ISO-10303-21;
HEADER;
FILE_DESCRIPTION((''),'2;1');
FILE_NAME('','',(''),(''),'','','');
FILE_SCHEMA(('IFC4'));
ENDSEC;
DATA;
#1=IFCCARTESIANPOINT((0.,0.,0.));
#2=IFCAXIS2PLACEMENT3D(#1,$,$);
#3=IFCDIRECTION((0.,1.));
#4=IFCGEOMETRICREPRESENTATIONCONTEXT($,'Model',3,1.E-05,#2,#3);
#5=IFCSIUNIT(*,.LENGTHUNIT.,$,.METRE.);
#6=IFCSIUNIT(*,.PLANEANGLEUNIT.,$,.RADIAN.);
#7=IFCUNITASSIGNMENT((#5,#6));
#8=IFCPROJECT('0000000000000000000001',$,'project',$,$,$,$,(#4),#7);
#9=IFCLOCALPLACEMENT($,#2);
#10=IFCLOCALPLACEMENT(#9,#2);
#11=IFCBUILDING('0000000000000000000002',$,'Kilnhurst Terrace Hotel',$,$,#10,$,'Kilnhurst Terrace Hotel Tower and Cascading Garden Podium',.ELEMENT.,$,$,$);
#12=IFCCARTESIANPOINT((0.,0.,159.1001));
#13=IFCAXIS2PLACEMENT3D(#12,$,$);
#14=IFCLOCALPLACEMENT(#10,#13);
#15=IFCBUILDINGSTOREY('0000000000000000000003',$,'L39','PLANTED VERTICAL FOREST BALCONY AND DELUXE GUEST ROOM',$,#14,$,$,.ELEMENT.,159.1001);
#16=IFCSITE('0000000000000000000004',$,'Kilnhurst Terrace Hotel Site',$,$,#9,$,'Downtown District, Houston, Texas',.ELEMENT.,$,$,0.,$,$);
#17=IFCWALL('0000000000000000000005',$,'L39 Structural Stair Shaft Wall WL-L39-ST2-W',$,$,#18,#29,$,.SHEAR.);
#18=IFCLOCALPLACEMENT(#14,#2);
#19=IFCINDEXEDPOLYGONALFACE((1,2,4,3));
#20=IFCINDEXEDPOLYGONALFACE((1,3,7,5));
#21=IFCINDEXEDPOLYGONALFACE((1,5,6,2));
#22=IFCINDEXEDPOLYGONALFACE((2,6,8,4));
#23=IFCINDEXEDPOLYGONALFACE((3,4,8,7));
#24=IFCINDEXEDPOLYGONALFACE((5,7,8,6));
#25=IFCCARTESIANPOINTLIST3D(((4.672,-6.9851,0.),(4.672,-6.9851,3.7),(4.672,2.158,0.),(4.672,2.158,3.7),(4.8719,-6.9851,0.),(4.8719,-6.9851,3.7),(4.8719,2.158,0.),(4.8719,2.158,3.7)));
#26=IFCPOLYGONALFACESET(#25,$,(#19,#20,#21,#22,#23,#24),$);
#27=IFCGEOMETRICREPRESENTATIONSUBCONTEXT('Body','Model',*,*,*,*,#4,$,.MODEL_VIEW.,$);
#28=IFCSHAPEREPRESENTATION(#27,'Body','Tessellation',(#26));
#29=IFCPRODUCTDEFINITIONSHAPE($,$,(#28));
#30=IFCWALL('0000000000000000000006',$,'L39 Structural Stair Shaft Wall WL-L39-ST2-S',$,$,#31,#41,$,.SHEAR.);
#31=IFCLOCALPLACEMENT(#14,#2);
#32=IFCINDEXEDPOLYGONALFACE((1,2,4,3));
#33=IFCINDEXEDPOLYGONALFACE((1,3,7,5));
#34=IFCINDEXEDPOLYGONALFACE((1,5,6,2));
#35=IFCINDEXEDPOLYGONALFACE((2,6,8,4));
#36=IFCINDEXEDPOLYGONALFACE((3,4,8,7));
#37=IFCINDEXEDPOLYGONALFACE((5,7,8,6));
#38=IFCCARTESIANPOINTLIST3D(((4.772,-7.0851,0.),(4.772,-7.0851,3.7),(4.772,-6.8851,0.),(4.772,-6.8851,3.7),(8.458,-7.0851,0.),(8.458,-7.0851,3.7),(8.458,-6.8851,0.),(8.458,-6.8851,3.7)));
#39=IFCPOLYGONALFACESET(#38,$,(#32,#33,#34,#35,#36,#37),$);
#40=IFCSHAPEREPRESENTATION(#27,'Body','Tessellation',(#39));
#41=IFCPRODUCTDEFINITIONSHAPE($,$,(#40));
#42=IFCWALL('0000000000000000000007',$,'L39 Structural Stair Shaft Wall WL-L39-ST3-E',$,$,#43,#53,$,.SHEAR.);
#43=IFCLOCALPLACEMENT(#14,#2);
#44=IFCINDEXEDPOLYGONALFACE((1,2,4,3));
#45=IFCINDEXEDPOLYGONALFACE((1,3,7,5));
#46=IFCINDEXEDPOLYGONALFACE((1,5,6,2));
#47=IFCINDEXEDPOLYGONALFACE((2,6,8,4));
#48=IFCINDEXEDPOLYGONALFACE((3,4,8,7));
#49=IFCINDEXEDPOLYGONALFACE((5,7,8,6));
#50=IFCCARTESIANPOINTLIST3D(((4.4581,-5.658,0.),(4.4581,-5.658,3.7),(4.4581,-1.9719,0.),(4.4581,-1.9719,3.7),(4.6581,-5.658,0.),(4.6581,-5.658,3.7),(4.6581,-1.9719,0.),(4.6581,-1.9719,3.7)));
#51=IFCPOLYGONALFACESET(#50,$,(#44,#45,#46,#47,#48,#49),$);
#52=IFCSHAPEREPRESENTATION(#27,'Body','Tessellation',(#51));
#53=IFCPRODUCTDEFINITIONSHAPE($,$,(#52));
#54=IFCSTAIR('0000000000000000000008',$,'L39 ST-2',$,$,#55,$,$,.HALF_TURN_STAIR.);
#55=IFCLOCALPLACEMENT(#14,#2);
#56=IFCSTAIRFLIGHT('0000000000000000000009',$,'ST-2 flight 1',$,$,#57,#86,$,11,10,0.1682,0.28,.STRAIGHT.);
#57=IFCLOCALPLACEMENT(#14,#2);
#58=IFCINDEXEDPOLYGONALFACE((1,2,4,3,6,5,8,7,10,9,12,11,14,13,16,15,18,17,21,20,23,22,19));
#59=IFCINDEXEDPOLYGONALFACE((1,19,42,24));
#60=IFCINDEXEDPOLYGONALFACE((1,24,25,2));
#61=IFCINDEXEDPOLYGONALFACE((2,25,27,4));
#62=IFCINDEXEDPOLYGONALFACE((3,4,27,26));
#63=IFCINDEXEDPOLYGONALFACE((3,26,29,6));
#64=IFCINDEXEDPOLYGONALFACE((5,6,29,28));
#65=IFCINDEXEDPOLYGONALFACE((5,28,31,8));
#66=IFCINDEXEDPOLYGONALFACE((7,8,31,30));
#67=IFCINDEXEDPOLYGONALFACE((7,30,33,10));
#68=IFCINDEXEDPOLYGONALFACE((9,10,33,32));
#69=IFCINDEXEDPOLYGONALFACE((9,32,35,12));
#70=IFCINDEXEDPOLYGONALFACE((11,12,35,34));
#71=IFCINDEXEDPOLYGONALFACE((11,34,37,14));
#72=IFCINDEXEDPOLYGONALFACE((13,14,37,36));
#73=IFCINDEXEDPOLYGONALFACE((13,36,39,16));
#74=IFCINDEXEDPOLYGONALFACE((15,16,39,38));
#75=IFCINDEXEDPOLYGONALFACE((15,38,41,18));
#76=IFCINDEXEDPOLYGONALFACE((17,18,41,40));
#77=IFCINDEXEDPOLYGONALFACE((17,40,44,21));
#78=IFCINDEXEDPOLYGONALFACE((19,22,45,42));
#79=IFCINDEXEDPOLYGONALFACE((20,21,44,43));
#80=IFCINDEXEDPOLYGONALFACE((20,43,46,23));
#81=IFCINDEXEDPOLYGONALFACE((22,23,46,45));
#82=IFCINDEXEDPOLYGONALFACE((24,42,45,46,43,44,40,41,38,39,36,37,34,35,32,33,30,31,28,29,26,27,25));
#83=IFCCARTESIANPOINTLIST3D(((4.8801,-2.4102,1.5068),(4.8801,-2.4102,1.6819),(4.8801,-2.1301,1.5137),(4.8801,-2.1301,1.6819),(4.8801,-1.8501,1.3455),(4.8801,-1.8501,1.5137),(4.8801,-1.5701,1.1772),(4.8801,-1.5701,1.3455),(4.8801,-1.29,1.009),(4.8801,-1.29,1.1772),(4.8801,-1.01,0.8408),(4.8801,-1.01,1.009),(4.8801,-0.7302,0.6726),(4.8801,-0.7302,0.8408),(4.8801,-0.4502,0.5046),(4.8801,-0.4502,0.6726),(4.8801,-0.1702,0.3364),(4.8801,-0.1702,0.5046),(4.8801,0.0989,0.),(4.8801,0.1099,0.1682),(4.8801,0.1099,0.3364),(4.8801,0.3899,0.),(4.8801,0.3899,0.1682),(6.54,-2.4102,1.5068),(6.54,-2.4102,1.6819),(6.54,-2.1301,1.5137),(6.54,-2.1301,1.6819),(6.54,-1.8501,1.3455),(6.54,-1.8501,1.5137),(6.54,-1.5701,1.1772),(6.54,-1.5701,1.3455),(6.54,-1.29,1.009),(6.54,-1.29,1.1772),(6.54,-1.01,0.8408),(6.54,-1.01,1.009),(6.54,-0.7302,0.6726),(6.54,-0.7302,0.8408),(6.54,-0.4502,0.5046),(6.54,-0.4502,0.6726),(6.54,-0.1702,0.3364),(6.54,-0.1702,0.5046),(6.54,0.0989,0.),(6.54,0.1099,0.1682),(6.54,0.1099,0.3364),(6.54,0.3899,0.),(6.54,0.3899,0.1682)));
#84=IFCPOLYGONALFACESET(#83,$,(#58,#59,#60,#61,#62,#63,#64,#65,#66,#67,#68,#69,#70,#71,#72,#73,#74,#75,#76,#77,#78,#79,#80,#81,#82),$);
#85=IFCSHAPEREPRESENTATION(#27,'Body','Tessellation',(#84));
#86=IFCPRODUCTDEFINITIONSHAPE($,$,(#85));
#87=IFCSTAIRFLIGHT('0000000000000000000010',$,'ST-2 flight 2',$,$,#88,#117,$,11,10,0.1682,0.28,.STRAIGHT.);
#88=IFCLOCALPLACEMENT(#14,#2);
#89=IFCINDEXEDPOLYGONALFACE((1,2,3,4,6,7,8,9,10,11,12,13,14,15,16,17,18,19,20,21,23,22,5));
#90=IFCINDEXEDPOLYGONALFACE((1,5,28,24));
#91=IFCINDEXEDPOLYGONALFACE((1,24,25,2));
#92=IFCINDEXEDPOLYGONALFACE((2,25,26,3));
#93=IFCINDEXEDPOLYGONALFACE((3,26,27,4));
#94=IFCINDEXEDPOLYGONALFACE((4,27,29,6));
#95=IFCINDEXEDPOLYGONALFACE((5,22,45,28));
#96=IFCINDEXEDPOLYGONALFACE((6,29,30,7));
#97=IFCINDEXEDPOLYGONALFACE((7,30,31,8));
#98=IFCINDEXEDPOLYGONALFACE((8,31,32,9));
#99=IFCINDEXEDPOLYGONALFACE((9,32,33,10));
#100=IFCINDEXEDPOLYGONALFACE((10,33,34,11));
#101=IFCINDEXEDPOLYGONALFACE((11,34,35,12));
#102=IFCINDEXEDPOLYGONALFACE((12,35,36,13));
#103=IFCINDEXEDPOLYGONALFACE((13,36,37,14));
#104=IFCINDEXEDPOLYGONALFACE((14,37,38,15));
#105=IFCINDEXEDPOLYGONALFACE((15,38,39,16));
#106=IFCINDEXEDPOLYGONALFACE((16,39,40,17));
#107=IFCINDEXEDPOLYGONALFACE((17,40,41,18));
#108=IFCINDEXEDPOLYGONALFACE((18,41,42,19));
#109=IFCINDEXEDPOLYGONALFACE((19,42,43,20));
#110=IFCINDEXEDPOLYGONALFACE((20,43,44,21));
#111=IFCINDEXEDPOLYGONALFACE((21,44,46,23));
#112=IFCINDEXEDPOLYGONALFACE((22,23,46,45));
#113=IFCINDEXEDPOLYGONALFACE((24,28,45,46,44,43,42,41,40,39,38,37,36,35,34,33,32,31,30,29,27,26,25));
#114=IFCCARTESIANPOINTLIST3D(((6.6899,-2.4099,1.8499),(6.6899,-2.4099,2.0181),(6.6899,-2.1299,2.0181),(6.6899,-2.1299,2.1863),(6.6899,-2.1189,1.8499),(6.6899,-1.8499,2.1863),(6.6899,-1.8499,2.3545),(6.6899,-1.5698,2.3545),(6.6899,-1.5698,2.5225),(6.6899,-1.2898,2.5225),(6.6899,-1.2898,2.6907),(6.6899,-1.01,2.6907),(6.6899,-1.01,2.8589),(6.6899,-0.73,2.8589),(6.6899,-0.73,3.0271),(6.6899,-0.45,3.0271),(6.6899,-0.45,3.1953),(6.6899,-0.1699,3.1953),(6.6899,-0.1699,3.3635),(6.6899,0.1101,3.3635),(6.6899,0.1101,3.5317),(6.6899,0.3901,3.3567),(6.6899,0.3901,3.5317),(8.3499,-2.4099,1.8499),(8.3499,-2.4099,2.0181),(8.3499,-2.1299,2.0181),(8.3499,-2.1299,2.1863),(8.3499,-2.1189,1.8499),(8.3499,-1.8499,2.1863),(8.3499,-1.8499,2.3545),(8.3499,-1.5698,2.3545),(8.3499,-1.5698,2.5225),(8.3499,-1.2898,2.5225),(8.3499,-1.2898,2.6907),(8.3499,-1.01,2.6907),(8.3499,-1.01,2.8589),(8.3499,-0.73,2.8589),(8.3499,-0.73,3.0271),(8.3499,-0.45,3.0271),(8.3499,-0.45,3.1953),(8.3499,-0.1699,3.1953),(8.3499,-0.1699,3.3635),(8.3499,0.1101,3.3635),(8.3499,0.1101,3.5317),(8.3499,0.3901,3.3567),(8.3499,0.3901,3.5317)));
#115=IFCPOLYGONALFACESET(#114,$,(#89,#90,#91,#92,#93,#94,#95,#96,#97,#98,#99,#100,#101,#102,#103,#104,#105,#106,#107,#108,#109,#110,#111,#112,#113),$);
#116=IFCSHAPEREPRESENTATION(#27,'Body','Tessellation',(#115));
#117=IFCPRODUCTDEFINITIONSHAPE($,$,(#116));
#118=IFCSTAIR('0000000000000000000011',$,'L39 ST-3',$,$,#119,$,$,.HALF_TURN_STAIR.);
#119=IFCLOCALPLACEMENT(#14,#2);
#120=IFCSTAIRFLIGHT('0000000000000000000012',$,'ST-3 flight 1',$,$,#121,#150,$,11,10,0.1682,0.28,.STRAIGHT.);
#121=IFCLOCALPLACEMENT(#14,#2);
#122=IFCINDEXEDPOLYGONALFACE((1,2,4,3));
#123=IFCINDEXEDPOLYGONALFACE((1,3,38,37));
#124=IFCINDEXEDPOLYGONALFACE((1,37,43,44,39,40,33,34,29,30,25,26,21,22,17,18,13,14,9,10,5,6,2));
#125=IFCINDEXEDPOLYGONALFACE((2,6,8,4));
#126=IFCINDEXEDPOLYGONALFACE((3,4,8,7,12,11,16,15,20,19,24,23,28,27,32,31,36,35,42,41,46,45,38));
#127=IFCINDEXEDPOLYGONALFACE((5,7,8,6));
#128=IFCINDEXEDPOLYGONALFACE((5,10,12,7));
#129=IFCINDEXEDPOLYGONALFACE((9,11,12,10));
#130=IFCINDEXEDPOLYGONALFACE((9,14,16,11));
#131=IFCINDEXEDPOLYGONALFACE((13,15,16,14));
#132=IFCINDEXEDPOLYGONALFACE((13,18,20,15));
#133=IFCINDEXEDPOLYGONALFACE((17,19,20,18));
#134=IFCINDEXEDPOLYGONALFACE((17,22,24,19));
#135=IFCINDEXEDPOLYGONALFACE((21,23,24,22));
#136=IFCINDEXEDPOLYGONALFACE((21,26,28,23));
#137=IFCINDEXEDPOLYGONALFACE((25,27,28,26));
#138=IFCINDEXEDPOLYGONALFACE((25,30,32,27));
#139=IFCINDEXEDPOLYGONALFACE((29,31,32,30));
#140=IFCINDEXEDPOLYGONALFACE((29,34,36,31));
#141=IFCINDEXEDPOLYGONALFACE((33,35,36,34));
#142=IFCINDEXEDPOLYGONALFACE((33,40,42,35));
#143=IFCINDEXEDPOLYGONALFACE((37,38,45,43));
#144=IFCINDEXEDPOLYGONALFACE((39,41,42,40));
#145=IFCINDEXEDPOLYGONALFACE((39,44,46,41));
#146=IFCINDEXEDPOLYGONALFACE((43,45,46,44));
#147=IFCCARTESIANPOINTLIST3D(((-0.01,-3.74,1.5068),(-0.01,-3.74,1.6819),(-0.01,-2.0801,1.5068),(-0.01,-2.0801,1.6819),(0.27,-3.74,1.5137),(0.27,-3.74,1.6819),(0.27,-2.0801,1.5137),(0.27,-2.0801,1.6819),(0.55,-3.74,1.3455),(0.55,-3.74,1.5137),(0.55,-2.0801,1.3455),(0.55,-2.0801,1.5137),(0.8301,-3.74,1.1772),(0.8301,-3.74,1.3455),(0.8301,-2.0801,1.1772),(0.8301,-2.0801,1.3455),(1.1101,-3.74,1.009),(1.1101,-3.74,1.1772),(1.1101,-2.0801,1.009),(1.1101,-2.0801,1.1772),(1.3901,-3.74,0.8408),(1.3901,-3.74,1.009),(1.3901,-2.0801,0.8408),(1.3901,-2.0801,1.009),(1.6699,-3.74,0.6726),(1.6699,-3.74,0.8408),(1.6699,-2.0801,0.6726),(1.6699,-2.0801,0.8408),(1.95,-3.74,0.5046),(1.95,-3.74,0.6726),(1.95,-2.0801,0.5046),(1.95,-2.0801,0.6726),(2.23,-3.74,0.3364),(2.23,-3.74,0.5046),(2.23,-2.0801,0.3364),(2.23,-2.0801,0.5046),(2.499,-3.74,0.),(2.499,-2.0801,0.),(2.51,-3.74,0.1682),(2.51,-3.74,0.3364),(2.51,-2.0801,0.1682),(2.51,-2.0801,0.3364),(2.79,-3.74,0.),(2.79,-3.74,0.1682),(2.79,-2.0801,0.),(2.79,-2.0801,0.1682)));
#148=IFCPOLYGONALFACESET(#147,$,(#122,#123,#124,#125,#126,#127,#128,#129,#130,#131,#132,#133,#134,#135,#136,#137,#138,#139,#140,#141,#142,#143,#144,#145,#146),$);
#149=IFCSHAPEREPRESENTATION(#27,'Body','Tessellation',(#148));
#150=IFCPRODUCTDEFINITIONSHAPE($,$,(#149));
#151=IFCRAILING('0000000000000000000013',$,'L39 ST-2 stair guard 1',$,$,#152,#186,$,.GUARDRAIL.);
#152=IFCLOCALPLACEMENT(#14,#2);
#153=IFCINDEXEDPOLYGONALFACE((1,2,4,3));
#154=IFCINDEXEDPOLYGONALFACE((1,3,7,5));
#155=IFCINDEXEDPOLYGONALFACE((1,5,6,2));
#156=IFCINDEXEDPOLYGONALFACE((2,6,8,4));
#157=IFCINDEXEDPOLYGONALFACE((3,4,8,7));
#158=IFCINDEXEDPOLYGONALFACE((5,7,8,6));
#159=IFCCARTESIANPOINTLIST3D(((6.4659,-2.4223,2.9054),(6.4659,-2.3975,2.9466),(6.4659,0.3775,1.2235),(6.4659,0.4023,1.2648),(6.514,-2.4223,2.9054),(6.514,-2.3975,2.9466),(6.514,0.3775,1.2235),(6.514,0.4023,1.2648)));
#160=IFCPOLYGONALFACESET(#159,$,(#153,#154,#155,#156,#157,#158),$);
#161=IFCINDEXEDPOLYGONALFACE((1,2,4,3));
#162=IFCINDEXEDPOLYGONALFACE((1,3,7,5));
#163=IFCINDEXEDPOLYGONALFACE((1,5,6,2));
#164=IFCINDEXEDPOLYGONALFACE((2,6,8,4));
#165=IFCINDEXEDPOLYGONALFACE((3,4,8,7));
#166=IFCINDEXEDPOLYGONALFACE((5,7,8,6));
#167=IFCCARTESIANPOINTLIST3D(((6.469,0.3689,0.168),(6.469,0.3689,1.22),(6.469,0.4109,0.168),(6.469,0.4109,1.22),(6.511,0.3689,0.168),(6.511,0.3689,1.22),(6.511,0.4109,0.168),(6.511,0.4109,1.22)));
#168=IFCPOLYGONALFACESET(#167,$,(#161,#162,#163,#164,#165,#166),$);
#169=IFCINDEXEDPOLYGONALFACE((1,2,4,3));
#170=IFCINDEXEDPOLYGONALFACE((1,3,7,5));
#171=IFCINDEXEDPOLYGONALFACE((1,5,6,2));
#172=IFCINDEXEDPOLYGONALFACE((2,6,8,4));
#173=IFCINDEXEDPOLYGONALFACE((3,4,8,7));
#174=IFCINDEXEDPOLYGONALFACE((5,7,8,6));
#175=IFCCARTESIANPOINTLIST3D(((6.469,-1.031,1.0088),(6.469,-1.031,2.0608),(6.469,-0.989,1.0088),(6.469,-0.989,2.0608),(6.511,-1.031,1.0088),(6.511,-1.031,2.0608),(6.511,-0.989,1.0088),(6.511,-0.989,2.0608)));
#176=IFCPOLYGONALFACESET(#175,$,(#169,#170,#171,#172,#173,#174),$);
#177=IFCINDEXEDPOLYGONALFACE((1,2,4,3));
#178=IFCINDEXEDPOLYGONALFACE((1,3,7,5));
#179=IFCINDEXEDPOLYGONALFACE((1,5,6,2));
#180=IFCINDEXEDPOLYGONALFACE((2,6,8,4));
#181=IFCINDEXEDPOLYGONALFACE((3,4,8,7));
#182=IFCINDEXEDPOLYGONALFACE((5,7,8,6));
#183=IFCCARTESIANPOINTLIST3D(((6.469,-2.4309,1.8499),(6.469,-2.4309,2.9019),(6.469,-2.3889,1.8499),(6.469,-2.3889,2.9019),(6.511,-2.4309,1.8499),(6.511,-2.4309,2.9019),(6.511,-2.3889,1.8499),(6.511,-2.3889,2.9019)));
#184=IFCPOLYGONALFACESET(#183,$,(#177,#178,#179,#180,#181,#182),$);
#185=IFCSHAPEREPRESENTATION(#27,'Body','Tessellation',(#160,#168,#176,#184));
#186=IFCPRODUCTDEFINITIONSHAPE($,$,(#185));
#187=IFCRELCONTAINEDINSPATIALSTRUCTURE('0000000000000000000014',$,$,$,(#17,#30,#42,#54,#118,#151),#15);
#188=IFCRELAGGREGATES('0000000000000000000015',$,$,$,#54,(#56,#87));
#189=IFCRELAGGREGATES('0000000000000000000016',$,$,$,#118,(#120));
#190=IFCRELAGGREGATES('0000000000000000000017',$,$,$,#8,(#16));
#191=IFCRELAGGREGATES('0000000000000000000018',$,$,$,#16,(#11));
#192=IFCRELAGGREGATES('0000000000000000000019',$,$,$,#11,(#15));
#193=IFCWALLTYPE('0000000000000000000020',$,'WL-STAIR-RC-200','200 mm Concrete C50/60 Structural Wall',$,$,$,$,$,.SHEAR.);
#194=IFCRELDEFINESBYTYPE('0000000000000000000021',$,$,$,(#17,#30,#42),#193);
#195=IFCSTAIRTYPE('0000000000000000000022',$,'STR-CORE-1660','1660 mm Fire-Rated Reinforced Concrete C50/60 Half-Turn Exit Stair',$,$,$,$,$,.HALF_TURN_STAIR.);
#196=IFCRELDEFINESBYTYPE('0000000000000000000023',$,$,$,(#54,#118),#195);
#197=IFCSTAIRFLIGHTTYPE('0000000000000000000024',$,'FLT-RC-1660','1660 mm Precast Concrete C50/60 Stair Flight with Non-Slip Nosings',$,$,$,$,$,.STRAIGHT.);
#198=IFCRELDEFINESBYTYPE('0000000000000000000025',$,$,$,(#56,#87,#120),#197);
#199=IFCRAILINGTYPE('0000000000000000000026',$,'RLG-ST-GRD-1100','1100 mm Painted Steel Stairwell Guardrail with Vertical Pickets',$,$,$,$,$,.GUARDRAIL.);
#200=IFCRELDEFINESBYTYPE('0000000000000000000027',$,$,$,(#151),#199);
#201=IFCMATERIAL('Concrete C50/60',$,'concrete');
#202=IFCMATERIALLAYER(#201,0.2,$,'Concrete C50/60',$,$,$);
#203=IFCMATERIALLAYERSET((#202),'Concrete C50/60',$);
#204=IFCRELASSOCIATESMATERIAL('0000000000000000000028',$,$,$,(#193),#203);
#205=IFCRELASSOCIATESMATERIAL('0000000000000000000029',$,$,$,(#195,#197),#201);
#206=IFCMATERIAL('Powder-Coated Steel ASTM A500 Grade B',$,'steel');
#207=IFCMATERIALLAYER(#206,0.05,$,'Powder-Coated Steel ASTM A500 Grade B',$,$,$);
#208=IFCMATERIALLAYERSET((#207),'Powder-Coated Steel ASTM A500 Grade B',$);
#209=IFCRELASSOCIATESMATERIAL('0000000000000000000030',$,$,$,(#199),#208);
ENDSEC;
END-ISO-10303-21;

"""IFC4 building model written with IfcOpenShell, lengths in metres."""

from ifc_helpers import new_model, si_unit, direction, frame, frame_2d, origin, origin_2d, place, context, subcontext, project, spatial, polyline, rectangle, outline, extrude, material, layer, layer_set, type_object, element, aggregate, save


model = new_model("IFC4")

# Units and contexts
model_context = context("Model", 3, precision=1e-05, world=origin(), true_north=direction((0.0, 1.0)))
body_context = subcontext(model_context, "Body", "Model", "MODEL_VIEW")
ifc_project = project(units=[si_unit("LENGTHUNIT", "METRE"), si_unit("PLANEANGLEUNIT", "RADIAN")], contexts=[model_context])

# Site, building, storey
site_placement = place(None, origin())
site = spatial("IfcSite", under=ifc_project, at=site_placement, Name="Kilnhurst Terrace Hotel Site", LongName="Downtown District, Houston, Texas", CompositionType="ELEMENT", RefElevation=0.0)
building_placement = place(site_placement, origin())
building = spatial("IfcBuilding", under=site, at=building_placement, Name="Kilnhurst Terrace Hotel", LongName="Kilnhurst Terrace Hotel Tower and Cascading Garden Podium", CompositionType="ELEMENT")
storey_placement = place(building_placement, frame((0.0, 0.0, 159.1001)))
storey = spatial("IfcBuildingStorey", under=building, at=storey_placement, Name="L39", Description="PLANTED VERTICAL FOREST BALCONY AND DELUXE GUEST ROOM", CompositionType="ELEMENT", Elevation=159.1001)

# Shared definitions
ifc_material_1 = material(Name="Concrete C50/60", Category="concrete")

# Walls
ifc_layer_1 = layer(ifc_material_1, 0.2, Name="Concrete C50/60")
ifc_layer_set_1 = layer_set([ifc_layer_1], Name="Concrete C50/60")
wall_type_1 = type_object("IfcWallType", Name="WL-STAIR-RC-200", Description="200 mm Concrete C50/60 Structural Wall", PredefinedType="SHEAR", material=ifc_layer_set_1)
wall_1_placement = place(storey_placement, frame((4.772, -6.9851, 0.0), z_axis=(0.0, 0.0, 1.0), x_axis=(0.0, 1.0, 0.0)))
element("IfcWall", 1, at=wall_1_placement, inside=storey, type_object=wall_type_1, Name="L39 Structural Stair Shaft Wall WL-L39-ST2-W", PredefinedType="SHEAR", context=body_context, shape_type="SweptSolid", body=[
    extrude(rectangle(XDim=9.1431, YDim=0.2, at=frame_2d((4.5715, 0.0))), origin(), (0.0, 0.0, 1.0), 3.7),
])
for number, where, z_axis, x_axis, name in (
    (2, (4.772, -6.9851, 0.0), (0.0, 0.0, 1.0), (1.0, 0.0, 0.0), "L39 Structural Stair Shaft Wall WL-L39-ST2-S"),
    (3, (4.5581, -5.658, 0.0), (0.0, 0.0, 1.0), (0.0, 1.0, 0.0), "L39 Structural Stair Shaft Wall WL-L39-ST3-E"),
):
    element("IfcWall", number, at=place(storey_placement, frame(where, z_axis=z_axis, x_axis=x_axis)), inside=storey, type_object=wall_type_1, Name=name, PredefinedType="SHEAR", context=body_context, shape_type="SweptSolid", body=[
        extrude(rectangle(XDim=3.686, YDim=0.2, at=frame_2d((1.843, 0.0))), origin(), (0.0, 0.0, 1.0), 3.7),
    ])

# Stair, stair flights
stair_type = type_object("IfcStairType", Name="STR-CORE-1660", Description="1660 mm Fire-Rated Reinforced Concrete C50/60 Half-Turn Exit Stair", PredefinedType="HALF_TURN_STAIR", material=ifc_material_1)
stair_1_placement = place(storey_placement, origin())
stair_1 = element("IfcStair", 4, at=stair_1_placement, inside=storey, type_object=stair_type, Name="L39 ST-2", PredefinedType="HALF_TURN_STAIR")
stair_flight_type = type_object("IfcStairFlightType", Name="FLT-RC-1660", Description="1660 mm Precast Concrete C50/60 Stair Flight with Non-Slip Nosings", PredefinedType="STRAIGHT", material=ifc_material_1)
stair_flight_1_placement = place(storey_placement, frame((5.71, 0.3899, 0.0), z_axis=(0.0, 0.0, 1.0), x_axis=(0.0, -1.0, 0.0)))
stair_flight_1 = element("IfcStairFlight", 5, at=stair_flight_1_placement, type_object=stair_flight_type, Name="ST-2 flight 1", NumberOfRisers=11, NumberOfTreads=10, PredefinedType="STRAIGHT", RiserHeight=0.1682, TreadLength=0.28, context=body_context, shape_type="SweptSolid", body=[
    extrude(outline(polyline([(0.0, 0.0), (0.0, 0.1682), (0.28, 0.1682), (0.28, 0.3364), (0.5601, 0.3364), (0.5601, 0.5046), (0.8401, 0.5046), (0.8401, 0.6726), (1.1201, 0.6726), (1.1201, 0.8408), (1.3999, 0.8408), (1.3999, 1.009), (1.6799, 1.009), (1.6799, 1.1772), (1.96, 1.1772), (1.96, 1.3455), (2.24, 1.3455), (2.24, 1.5137), (2.52, 1.5137), (2.52, 1.6819), (2.8, 1.6819), (2.8, 1.8501), (2.8, 1.5068), (0.291, 0.0), (0.0, 0.0)])), frame((0.0, 0.8301, 0.0), z_axis=(0.0, -1.0, 0.0), x_axis=(1.0, 0.0, 0.0)), (0.0, 0.0, 1.0), 1.6599),
])
stair_flight_2_placement = place(storey_placement, frame((7.52, -2.4099, 1.8499), z_axis=(0.0, 0.0, 1.0), x_axis=(0.0, 1.0, 0.0)))
stair_flight_2 = element("IfcStairFlight", 6, at=stair_flight_2_placement, type_object=stair_flight_type, Name="ST-2 flight 2", NumberOfRisers=11, NumberOfTreads=10, PredefinedType="STRAIGHT", RiserHeight=0.1682, TreadLength=0.28, context=body_context, shape_type="SweptSolid", body=[
    extrude(outline(polyline([(0.0, 0.0), (0.0, 0.1682), (0.28, 0.1682), (0.28, 0.3364), (0.5601, 0.3364), (0.5601, 0.5046), (0.8401, 0.5046), (0.8401, 0.6726), (1.1201, 0.6726), (1.1201, 0.8408), (1.3999, 0.8408), (1.3999, 1.009), (1.6799, 1.009), (1.6799, 1.1772), (1.96, 1.1772), (1.96, 1.3455), (2.24, 1.3455), (2.24, 1.5137), (2.52, 1.5137), (2.52, 1.6819), (2.8, 1.6819), (2.8, 1.8501), (2.8, 1.5068), (0.291, 0.0), (0.0, 0.0)])), frame((0.0, 0.8301, 0.0), z_axis=(0.0, -1.0, 0.0), x_axis=(1.0, 0.0, 0.0)), (0.0, 0.0, 1.0), 1.6599),
])
aggregate(stair_1, [stair_flight_1, stair_flight_2])

# Stair, stair flight
stair_2_placement = place(storey_placement, origin())
stair_2 = element("IfcStair", 7, at=stair_2_placement, inside=storey, type_object=stair_type, Name="L39 ST-3", PredefinedType="HALF_TURN_STAIR")
stair_flight_3_placement = place(storey_placement, frame((2.79, -2.9099, 0.0), z_axis=(0.0, 0.0, 1.0), x_axis=(-1.0, 0.0, 0.0)))
stair_flight_3 = element("IfcStairFlight", 8, at=stair_flight_3_placement, type_object=stair_flight_type, Name="ST-3 flight 1", NumberOfRisers=11, NumberOfTreads=10, PredefinedType="STRAIGHT", RiserHeight=0.1682, TreadLength=0.28, context=body_context, shape_type="SweptSolid", body=[
    extrude(outline(polyline([(0.0, 0.0), (0.0, 0.1682), (0.28, 0.1682), (0.28, 0.3364), (0.5601, 0.3364), (0.5601, 0.5046), (0.8401, 0.5046), (0.8401, 0.6726), (1.1201, 0.6726), (1.1201, 0.8408), (1.3999, 0.8408), (1.3999, 1.009), (1.6799, 1.009), (1.6799, 1.1772), (1.96, 1.1772), (1.96, 1.3455), (2.24, 1.3455), (2.24, 1.5137), (2.52, 1.5137), (2.52, 1.6819), (2.8, 1.6819), (2.8, 1.8501), (2.8, 1.5068), (0.291, 0.0), (0.0, 0.0)])), frame((0.0, 0.8301, 0.0), z_axis=(0.0, -1.0, 0.0), x_axis=(1.0, 0.0, 0.0)), (0.0, 0.0, 1.0), 1.6599),
])
aggregate(stair_2, [stair_flight_3])

# Railing
ifc_material_2 = material(Name="Powder-Coated Steel ASTM A500 Grade B", Category="steel")
ifc_layer_2 = layer(ifc_material_2, 0.05, Name="Powder-Coated Steel ASTM A500 Grade B")
ifc_layer_set_2 = layer_set([ifc_layer_2], Name="Powder-Coated Steel ASTM A500 Grade B")
railing_type_1 = type_object("IfcRailingType", Name="RLG-ST-GRD-1100", Description="1100 mm Painted Steel Stairwell Guardrail with Vertical Pickets", PredefinedType="GUARDRAIL", material=ifc_layer_set_2)
railing_1_placement = place(storey_placement, frame((6.49, 0.3899, 0.168)))
element("IfcRailing", 9, at=railing_1_placement, inside=storey, type_object=railing_type_1, Name="L39 ST-2 stair guard 1", PredefinedType="GUARDRAIL", context=body_context, shape_type="SweptSolid", body=[
    extrude(rectangle(XDim=0.0481, YDim=0.0481, at=origin_2d()), frame((0.0, 0.0, 1.0762), z_axis=(0.0, -0.857222, 0.514946), x_axis=(1.0, 0.0, 0.0)), (0.0, 0.0, 1.0), 3.2661),
    extrude(rectangle(XDim=0.042, YDim=0.042, at=origin_2d()), origin(), (0.0, 0.0, 1.0), 1.052),
    extrude(rectangle(XDim=0.042, YDim=0.042, at=origin_2d()), frame((0.0, -1.3999, 0.8408)), (0.0, 0.0, 1.0), 1.052),
    extrude(rectangle(XDim=0.042, YDim=0.042, at=origin_2d()), frame((0.0, -2.7998, 1.6819)), (0.0, 0.0, 1.0), 1.052),
])

save(model, "model.ifc")
